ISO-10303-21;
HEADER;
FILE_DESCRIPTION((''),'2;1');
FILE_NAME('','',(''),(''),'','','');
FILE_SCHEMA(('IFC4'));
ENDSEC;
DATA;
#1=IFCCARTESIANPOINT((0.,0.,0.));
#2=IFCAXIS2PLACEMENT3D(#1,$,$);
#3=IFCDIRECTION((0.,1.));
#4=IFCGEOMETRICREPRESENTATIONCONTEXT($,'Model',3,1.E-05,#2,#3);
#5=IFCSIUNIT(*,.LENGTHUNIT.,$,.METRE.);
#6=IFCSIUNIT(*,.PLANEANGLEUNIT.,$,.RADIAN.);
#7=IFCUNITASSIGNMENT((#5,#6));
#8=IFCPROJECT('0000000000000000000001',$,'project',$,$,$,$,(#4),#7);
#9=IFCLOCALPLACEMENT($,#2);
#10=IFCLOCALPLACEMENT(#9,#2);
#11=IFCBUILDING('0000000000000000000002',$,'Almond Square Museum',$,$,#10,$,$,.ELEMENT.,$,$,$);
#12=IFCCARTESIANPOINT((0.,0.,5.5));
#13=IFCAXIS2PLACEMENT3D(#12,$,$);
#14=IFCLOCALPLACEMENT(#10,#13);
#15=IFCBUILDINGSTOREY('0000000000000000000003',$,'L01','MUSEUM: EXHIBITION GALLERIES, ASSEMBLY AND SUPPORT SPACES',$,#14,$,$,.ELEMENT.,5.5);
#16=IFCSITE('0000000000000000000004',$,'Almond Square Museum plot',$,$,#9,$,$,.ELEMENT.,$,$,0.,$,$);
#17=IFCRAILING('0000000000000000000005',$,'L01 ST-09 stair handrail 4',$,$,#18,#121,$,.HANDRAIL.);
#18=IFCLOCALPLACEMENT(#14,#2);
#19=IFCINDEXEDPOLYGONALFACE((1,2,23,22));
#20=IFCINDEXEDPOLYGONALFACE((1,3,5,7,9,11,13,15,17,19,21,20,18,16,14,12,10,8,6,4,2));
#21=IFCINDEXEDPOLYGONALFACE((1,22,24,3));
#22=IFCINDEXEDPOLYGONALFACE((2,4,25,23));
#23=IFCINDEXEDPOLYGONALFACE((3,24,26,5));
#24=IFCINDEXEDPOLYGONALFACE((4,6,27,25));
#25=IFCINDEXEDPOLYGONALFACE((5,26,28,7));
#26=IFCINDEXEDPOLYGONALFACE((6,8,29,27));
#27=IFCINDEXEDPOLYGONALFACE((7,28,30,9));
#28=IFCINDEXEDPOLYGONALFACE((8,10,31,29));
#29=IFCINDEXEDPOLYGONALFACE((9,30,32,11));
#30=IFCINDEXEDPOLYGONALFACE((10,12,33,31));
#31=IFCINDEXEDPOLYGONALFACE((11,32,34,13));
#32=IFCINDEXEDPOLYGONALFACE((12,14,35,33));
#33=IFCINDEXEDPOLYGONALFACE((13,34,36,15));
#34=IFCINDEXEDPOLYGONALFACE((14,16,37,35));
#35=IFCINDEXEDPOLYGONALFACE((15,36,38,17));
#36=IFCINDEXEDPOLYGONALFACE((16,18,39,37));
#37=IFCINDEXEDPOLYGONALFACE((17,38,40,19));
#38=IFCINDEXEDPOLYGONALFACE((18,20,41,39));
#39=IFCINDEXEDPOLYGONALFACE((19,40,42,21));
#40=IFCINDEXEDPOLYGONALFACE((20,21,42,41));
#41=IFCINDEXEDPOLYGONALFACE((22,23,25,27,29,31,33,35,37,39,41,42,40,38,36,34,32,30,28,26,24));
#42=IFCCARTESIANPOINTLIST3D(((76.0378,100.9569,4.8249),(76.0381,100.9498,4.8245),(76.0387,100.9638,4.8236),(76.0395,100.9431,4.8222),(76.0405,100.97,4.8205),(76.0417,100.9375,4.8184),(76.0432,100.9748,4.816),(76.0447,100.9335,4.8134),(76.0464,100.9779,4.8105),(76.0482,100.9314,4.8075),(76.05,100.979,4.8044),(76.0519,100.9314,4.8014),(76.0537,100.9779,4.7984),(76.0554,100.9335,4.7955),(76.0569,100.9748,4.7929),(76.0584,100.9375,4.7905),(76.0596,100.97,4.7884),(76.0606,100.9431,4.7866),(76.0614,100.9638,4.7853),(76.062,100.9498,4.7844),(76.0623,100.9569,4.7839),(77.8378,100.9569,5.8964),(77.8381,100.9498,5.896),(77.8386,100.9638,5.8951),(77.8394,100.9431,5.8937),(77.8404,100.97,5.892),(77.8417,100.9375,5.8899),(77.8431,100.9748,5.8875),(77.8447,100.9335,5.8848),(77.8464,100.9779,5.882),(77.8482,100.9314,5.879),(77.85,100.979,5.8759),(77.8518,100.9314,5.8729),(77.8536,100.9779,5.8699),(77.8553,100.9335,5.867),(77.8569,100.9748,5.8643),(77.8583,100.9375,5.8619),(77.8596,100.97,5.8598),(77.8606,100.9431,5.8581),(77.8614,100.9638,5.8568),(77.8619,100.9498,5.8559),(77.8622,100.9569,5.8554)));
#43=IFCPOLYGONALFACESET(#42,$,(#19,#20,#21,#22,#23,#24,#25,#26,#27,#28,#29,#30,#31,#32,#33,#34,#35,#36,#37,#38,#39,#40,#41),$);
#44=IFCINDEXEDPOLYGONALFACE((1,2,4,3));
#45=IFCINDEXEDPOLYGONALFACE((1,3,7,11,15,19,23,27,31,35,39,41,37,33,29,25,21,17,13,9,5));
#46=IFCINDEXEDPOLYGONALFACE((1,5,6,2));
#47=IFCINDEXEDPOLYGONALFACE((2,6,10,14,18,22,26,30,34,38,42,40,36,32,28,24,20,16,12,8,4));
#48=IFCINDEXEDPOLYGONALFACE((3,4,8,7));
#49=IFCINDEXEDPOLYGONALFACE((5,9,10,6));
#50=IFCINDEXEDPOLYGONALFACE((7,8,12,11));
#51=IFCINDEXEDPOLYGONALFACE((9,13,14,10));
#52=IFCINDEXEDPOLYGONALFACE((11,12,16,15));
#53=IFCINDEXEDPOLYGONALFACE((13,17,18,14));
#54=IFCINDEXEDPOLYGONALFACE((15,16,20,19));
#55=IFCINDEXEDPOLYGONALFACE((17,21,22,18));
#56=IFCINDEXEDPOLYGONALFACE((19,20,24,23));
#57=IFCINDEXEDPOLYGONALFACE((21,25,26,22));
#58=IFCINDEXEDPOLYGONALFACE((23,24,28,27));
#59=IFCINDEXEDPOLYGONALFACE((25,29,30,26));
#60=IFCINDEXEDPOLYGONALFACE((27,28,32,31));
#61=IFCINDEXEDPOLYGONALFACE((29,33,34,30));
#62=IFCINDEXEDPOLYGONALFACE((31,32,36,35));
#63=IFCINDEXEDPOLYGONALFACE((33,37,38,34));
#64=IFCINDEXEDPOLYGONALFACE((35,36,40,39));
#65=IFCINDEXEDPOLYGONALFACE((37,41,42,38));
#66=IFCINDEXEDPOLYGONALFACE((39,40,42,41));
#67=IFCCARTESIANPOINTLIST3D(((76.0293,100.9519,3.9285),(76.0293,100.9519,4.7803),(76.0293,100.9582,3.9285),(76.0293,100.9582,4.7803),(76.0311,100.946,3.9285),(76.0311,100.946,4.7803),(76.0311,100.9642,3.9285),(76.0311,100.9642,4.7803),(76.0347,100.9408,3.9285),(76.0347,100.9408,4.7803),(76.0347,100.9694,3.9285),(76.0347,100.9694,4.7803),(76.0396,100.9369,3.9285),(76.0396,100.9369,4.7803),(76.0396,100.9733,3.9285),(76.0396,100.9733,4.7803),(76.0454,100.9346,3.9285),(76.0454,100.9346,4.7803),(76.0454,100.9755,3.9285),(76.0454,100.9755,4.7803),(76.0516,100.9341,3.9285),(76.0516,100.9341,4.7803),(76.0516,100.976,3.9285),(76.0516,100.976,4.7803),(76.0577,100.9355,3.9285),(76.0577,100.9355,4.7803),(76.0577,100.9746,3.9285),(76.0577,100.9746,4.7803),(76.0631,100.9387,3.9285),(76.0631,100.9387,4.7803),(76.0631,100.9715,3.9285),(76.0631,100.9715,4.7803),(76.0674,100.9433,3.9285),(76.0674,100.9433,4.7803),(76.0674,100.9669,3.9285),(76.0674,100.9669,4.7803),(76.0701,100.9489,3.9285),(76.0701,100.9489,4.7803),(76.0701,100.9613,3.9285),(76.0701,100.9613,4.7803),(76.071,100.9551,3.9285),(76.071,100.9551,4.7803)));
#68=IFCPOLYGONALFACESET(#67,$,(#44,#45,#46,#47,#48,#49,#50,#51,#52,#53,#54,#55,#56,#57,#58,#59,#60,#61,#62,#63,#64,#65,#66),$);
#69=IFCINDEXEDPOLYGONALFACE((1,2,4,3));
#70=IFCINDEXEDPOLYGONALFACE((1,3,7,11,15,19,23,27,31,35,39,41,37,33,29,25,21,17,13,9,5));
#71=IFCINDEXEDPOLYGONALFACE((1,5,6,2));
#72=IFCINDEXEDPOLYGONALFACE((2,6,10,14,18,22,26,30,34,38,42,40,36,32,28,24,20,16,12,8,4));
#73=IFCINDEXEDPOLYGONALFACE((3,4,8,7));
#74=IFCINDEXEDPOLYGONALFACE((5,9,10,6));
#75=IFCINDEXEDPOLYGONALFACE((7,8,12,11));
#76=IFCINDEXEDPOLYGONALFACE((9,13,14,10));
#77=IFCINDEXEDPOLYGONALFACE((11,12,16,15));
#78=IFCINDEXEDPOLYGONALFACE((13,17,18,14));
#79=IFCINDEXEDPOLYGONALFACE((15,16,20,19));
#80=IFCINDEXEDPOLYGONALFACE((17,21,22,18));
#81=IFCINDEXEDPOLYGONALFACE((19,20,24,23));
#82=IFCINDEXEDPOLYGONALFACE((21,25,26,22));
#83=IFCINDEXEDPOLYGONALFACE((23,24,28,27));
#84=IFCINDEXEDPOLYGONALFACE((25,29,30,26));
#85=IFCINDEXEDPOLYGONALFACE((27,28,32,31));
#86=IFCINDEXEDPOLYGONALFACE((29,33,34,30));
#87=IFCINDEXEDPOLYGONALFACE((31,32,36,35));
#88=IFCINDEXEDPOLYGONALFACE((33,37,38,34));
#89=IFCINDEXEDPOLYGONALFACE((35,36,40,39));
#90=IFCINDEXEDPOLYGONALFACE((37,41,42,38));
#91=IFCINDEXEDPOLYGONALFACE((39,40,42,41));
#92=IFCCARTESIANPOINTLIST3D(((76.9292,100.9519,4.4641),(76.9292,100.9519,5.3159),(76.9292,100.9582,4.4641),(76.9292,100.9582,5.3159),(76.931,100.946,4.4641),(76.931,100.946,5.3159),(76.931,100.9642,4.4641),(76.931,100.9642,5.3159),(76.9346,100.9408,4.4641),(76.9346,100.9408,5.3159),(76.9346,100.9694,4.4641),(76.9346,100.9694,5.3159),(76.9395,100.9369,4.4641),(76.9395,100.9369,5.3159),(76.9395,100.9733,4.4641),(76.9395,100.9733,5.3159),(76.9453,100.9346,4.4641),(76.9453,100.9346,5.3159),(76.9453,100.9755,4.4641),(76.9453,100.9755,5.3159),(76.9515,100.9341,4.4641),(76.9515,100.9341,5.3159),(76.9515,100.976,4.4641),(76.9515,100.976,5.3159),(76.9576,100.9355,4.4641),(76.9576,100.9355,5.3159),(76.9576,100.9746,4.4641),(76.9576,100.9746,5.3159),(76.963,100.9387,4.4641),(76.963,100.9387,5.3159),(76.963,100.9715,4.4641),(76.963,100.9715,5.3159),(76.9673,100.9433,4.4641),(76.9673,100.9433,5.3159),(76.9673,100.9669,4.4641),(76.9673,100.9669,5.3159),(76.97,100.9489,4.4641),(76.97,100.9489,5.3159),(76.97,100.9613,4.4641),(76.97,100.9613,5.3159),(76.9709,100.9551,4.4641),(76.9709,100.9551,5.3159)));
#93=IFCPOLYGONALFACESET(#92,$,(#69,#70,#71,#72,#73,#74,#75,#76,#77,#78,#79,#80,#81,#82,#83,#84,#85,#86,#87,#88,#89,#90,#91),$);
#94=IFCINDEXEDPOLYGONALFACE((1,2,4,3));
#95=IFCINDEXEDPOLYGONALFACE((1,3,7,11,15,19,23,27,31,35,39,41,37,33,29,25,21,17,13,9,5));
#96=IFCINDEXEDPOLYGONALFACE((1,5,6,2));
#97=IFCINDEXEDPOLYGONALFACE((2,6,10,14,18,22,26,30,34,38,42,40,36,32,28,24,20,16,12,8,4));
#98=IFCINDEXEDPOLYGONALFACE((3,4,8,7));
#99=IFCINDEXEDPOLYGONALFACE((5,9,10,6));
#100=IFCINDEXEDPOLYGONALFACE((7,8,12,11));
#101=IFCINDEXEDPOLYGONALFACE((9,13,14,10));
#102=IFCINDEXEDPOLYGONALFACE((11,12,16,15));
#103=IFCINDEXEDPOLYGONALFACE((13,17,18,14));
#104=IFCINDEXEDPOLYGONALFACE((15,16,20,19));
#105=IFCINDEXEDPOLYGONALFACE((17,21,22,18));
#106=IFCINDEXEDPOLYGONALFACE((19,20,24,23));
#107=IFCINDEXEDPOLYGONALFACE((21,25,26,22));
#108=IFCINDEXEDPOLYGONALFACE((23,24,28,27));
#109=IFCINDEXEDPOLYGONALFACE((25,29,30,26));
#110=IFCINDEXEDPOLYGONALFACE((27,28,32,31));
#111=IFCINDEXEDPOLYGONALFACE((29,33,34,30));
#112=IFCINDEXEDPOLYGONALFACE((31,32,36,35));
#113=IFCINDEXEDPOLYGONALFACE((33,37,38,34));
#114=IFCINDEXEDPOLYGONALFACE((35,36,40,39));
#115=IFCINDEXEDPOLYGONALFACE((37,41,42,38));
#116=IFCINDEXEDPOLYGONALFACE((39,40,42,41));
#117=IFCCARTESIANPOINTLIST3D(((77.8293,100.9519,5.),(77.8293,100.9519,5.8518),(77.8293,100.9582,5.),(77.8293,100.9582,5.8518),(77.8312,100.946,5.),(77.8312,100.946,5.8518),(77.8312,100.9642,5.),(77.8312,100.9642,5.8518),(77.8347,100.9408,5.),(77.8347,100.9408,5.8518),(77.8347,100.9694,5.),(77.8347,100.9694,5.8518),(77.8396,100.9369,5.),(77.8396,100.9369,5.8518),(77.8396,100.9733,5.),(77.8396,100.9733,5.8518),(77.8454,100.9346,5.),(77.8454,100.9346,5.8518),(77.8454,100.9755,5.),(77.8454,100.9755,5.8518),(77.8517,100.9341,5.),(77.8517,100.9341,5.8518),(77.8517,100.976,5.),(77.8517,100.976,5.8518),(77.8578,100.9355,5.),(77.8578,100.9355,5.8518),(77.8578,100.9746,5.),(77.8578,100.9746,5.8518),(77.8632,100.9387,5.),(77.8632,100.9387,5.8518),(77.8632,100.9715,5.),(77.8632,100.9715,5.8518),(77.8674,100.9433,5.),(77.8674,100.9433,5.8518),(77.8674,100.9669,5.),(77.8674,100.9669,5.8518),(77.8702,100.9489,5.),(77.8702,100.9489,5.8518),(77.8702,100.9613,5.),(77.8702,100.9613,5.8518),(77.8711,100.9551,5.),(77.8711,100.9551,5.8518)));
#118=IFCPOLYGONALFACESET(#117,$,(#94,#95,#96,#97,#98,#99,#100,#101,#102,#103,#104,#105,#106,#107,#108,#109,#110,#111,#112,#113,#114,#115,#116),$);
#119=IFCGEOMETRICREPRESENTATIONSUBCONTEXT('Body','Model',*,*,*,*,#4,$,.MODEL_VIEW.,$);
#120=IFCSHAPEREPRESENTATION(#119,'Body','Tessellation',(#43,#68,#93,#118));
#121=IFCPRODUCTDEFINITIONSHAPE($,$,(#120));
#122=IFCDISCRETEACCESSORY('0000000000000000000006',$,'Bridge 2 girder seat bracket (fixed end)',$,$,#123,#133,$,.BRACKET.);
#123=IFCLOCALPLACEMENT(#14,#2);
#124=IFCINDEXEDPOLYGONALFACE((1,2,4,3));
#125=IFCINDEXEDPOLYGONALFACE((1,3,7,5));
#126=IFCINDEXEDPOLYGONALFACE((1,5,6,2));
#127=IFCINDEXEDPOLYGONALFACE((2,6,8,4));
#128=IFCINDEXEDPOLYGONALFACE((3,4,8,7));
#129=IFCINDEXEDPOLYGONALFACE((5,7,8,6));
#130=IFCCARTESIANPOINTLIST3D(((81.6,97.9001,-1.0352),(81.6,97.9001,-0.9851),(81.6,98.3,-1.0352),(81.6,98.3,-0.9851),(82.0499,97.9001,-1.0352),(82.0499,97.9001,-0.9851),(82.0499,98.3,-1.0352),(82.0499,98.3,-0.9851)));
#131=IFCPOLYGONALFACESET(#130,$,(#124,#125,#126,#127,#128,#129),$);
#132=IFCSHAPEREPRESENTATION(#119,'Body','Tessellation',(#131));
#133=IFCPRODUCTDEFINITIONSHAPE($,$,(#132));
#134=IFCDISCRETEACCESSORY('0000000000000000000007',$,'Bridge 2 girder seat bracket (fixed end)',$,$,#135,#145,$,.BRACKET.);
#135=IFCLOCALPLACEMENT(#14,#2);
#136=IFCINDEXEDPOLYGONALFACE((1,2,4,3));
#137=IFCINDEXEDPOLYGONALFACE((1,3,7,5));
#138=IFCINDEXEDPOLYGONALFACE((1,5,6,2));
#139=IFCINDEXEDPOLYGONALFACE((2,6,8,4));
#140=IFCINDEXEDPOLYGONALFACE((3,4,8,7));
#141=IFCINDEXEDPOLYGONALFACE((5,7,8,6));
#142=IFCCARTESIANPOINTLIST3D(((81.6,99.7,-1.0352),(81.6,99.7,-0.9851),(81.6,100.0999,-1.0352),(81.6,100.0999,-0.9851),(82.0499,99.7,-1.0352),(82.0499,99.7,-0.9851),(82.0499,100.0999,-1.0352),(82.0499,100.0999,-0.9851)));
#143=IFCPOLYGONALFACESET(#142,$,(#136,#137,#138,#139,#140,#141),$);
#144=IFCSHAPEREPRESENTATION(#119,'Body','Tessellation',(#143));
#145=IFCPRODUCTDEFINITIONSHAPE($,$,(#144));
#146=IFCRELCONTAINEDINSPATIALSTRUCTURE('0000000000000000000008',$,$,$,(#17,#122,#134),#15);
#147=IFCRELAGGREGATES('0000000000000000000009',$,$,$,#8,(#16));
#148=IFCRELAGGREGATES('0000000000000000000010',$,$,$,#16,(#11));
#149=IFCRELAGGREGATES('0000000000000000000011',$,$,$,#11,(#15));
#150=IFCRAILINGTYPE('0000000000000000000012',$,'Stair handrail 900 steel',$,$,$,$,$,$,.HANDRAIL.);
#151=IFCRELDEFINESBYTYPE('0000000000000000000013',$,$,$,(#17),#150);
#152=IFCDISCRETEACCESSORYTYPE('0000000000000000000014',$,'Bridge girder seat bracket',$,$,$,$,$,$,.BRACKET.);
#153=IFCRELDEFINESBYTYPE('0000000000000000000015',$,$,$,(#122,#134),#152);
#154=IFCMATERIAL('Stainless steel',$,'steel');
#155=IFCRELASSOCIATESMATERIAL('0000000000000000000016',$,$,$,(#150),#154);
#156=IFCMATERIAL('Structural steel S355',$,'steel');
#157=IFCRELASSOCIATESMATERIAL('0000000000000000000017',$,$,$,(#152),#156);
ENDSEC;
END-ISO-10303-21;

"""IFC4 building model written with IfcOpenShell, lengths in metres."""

from ifc_helpers import new_model, si_unit, direction, frame, origin, origin_2d, place, context, subcontext, project, spatial, rectangle, circle, extrude, material, type_object, element, save


model = new_model("IFC4")

# Units and contexts
model_context = context("Model", 3, precision=1e-05, world=origin(), true_north=direction((0.0, 1.0)))
body_context = subcontext(model_context, "Body", "Model", "MODEL_VIEW")
ifc_project = project(units=[si_unit("LENGTHUNIT", "METRE"), si_unit("PLANEANGLEUNIT", "RADIAN")], contexts=[model_context])

# Site, building, storey
site_placement = place(None, origin())
site = spatial("IfcSite", under=ifc_project, at=site_placement, Name="Almond Square Museum plot", CompositionType="ELEMENT", RefElevation=0.0)
building_placement = place(site_placement, origin())
building = spatial("IfcBuilding", under=site, at=building_placement, Name="Almond Square Museum", CompositionType="ELEMENT")
storey_placement = place(building_placement, frame((0.0, 0.0, 5.5)))
storey = spatial("IfcBuildingStorey", under=building, at=storey_placement, Name="L01", Description="MUSEUM: EXHIBITION GALLERIES, ASSEMBLY AND SUPPORT SPACES", CompositionType="ELEMENT", Elevation=5.5)

# Railing
ifc_material_1 = material(Name="Stainless steel", Category="steel")
railing_type_1 = type_object("IfcRailingType", Name="Stair handrail 900 steel", PredefinedType="HANDRAIL", material=ifc_material_1)
for number, where, name in (
    (1, (76.05, 100.9551, 3.9285), "L01 ST-09 stair handrail 4"),
):
    element("IfcRailing", number, at=place(storey_placement, frame(where)), inside=storey, type_object=railing_type_1, Name=name, PredefinedType="HANDRAIL", context=body_context, shape_type="SweptSolid", body=[
        extrude(circle(Radius=0.0239, at=origin_2d()), frame((0.0, 0.0, 0.876), z_axis=(0.859277, 0.0, 0.51151), x_axis=(0.0, 1.0, 0.0)), (0.0, 0.0, 1.0), 2.0947),
        extrude(circle(Radius=0.021, at=origin_2d()), origin(), (0.0, 0.0, 1.0), 0.8518),
        extrude(circle(Radius=0.021, at=origin_2d()), frame((0.8999, 0.0, 0.5356)), (0.0, 0.0, 1.0), 0.8518),
        extrude(circle(Radius=0.021, at=origin_2d()), frame((1.8, 0.0, 1.0715)), (0.0, 0.0, 1.0), 0.8518),
    ])

# Discrete accessories
ifc_material_2 = material(Name="Structural steel S355", Category="steel")
discrete_accessory_type = type_object("IfcDiscreteAccessoryType", Name="Bridge girder seat bracket", PredefinedType="BRACKET", material=ifc_material_2)
for number, where, z_axis, x_axis, name in (
    (2, (81.825, 98.1001, -1.0352), (0.0, 0.0, 1.0), (1.0, 0.0, 0.0), "Bridge 2 girder seat bracket (fixed end)"),
    (3, (81.825, 99.8999, -1.0352), (0.0, 0.0, 1.0), (1.0, 0.0, 0.0), "Bridge 2 girder seat bracket (fixed end)"),
):
    element("IfcDiscreteAccessory", number, at=place(storey_placement, frame(where, z_axis=z_axis, x_axis=x_axis)), inside=storey, type_object=discrete_accessory_type, Name=name, PredefinedType="BRACKET", context=body_context, shape_type="SweptSolid", body=[
        extrude(rectangle(XDim=0.45, YDim=0.3999, at=origin_2d()), origin(), (0.0, 0.0, 1.0), 0.05),
    ])

save(model, "model.ifc")
